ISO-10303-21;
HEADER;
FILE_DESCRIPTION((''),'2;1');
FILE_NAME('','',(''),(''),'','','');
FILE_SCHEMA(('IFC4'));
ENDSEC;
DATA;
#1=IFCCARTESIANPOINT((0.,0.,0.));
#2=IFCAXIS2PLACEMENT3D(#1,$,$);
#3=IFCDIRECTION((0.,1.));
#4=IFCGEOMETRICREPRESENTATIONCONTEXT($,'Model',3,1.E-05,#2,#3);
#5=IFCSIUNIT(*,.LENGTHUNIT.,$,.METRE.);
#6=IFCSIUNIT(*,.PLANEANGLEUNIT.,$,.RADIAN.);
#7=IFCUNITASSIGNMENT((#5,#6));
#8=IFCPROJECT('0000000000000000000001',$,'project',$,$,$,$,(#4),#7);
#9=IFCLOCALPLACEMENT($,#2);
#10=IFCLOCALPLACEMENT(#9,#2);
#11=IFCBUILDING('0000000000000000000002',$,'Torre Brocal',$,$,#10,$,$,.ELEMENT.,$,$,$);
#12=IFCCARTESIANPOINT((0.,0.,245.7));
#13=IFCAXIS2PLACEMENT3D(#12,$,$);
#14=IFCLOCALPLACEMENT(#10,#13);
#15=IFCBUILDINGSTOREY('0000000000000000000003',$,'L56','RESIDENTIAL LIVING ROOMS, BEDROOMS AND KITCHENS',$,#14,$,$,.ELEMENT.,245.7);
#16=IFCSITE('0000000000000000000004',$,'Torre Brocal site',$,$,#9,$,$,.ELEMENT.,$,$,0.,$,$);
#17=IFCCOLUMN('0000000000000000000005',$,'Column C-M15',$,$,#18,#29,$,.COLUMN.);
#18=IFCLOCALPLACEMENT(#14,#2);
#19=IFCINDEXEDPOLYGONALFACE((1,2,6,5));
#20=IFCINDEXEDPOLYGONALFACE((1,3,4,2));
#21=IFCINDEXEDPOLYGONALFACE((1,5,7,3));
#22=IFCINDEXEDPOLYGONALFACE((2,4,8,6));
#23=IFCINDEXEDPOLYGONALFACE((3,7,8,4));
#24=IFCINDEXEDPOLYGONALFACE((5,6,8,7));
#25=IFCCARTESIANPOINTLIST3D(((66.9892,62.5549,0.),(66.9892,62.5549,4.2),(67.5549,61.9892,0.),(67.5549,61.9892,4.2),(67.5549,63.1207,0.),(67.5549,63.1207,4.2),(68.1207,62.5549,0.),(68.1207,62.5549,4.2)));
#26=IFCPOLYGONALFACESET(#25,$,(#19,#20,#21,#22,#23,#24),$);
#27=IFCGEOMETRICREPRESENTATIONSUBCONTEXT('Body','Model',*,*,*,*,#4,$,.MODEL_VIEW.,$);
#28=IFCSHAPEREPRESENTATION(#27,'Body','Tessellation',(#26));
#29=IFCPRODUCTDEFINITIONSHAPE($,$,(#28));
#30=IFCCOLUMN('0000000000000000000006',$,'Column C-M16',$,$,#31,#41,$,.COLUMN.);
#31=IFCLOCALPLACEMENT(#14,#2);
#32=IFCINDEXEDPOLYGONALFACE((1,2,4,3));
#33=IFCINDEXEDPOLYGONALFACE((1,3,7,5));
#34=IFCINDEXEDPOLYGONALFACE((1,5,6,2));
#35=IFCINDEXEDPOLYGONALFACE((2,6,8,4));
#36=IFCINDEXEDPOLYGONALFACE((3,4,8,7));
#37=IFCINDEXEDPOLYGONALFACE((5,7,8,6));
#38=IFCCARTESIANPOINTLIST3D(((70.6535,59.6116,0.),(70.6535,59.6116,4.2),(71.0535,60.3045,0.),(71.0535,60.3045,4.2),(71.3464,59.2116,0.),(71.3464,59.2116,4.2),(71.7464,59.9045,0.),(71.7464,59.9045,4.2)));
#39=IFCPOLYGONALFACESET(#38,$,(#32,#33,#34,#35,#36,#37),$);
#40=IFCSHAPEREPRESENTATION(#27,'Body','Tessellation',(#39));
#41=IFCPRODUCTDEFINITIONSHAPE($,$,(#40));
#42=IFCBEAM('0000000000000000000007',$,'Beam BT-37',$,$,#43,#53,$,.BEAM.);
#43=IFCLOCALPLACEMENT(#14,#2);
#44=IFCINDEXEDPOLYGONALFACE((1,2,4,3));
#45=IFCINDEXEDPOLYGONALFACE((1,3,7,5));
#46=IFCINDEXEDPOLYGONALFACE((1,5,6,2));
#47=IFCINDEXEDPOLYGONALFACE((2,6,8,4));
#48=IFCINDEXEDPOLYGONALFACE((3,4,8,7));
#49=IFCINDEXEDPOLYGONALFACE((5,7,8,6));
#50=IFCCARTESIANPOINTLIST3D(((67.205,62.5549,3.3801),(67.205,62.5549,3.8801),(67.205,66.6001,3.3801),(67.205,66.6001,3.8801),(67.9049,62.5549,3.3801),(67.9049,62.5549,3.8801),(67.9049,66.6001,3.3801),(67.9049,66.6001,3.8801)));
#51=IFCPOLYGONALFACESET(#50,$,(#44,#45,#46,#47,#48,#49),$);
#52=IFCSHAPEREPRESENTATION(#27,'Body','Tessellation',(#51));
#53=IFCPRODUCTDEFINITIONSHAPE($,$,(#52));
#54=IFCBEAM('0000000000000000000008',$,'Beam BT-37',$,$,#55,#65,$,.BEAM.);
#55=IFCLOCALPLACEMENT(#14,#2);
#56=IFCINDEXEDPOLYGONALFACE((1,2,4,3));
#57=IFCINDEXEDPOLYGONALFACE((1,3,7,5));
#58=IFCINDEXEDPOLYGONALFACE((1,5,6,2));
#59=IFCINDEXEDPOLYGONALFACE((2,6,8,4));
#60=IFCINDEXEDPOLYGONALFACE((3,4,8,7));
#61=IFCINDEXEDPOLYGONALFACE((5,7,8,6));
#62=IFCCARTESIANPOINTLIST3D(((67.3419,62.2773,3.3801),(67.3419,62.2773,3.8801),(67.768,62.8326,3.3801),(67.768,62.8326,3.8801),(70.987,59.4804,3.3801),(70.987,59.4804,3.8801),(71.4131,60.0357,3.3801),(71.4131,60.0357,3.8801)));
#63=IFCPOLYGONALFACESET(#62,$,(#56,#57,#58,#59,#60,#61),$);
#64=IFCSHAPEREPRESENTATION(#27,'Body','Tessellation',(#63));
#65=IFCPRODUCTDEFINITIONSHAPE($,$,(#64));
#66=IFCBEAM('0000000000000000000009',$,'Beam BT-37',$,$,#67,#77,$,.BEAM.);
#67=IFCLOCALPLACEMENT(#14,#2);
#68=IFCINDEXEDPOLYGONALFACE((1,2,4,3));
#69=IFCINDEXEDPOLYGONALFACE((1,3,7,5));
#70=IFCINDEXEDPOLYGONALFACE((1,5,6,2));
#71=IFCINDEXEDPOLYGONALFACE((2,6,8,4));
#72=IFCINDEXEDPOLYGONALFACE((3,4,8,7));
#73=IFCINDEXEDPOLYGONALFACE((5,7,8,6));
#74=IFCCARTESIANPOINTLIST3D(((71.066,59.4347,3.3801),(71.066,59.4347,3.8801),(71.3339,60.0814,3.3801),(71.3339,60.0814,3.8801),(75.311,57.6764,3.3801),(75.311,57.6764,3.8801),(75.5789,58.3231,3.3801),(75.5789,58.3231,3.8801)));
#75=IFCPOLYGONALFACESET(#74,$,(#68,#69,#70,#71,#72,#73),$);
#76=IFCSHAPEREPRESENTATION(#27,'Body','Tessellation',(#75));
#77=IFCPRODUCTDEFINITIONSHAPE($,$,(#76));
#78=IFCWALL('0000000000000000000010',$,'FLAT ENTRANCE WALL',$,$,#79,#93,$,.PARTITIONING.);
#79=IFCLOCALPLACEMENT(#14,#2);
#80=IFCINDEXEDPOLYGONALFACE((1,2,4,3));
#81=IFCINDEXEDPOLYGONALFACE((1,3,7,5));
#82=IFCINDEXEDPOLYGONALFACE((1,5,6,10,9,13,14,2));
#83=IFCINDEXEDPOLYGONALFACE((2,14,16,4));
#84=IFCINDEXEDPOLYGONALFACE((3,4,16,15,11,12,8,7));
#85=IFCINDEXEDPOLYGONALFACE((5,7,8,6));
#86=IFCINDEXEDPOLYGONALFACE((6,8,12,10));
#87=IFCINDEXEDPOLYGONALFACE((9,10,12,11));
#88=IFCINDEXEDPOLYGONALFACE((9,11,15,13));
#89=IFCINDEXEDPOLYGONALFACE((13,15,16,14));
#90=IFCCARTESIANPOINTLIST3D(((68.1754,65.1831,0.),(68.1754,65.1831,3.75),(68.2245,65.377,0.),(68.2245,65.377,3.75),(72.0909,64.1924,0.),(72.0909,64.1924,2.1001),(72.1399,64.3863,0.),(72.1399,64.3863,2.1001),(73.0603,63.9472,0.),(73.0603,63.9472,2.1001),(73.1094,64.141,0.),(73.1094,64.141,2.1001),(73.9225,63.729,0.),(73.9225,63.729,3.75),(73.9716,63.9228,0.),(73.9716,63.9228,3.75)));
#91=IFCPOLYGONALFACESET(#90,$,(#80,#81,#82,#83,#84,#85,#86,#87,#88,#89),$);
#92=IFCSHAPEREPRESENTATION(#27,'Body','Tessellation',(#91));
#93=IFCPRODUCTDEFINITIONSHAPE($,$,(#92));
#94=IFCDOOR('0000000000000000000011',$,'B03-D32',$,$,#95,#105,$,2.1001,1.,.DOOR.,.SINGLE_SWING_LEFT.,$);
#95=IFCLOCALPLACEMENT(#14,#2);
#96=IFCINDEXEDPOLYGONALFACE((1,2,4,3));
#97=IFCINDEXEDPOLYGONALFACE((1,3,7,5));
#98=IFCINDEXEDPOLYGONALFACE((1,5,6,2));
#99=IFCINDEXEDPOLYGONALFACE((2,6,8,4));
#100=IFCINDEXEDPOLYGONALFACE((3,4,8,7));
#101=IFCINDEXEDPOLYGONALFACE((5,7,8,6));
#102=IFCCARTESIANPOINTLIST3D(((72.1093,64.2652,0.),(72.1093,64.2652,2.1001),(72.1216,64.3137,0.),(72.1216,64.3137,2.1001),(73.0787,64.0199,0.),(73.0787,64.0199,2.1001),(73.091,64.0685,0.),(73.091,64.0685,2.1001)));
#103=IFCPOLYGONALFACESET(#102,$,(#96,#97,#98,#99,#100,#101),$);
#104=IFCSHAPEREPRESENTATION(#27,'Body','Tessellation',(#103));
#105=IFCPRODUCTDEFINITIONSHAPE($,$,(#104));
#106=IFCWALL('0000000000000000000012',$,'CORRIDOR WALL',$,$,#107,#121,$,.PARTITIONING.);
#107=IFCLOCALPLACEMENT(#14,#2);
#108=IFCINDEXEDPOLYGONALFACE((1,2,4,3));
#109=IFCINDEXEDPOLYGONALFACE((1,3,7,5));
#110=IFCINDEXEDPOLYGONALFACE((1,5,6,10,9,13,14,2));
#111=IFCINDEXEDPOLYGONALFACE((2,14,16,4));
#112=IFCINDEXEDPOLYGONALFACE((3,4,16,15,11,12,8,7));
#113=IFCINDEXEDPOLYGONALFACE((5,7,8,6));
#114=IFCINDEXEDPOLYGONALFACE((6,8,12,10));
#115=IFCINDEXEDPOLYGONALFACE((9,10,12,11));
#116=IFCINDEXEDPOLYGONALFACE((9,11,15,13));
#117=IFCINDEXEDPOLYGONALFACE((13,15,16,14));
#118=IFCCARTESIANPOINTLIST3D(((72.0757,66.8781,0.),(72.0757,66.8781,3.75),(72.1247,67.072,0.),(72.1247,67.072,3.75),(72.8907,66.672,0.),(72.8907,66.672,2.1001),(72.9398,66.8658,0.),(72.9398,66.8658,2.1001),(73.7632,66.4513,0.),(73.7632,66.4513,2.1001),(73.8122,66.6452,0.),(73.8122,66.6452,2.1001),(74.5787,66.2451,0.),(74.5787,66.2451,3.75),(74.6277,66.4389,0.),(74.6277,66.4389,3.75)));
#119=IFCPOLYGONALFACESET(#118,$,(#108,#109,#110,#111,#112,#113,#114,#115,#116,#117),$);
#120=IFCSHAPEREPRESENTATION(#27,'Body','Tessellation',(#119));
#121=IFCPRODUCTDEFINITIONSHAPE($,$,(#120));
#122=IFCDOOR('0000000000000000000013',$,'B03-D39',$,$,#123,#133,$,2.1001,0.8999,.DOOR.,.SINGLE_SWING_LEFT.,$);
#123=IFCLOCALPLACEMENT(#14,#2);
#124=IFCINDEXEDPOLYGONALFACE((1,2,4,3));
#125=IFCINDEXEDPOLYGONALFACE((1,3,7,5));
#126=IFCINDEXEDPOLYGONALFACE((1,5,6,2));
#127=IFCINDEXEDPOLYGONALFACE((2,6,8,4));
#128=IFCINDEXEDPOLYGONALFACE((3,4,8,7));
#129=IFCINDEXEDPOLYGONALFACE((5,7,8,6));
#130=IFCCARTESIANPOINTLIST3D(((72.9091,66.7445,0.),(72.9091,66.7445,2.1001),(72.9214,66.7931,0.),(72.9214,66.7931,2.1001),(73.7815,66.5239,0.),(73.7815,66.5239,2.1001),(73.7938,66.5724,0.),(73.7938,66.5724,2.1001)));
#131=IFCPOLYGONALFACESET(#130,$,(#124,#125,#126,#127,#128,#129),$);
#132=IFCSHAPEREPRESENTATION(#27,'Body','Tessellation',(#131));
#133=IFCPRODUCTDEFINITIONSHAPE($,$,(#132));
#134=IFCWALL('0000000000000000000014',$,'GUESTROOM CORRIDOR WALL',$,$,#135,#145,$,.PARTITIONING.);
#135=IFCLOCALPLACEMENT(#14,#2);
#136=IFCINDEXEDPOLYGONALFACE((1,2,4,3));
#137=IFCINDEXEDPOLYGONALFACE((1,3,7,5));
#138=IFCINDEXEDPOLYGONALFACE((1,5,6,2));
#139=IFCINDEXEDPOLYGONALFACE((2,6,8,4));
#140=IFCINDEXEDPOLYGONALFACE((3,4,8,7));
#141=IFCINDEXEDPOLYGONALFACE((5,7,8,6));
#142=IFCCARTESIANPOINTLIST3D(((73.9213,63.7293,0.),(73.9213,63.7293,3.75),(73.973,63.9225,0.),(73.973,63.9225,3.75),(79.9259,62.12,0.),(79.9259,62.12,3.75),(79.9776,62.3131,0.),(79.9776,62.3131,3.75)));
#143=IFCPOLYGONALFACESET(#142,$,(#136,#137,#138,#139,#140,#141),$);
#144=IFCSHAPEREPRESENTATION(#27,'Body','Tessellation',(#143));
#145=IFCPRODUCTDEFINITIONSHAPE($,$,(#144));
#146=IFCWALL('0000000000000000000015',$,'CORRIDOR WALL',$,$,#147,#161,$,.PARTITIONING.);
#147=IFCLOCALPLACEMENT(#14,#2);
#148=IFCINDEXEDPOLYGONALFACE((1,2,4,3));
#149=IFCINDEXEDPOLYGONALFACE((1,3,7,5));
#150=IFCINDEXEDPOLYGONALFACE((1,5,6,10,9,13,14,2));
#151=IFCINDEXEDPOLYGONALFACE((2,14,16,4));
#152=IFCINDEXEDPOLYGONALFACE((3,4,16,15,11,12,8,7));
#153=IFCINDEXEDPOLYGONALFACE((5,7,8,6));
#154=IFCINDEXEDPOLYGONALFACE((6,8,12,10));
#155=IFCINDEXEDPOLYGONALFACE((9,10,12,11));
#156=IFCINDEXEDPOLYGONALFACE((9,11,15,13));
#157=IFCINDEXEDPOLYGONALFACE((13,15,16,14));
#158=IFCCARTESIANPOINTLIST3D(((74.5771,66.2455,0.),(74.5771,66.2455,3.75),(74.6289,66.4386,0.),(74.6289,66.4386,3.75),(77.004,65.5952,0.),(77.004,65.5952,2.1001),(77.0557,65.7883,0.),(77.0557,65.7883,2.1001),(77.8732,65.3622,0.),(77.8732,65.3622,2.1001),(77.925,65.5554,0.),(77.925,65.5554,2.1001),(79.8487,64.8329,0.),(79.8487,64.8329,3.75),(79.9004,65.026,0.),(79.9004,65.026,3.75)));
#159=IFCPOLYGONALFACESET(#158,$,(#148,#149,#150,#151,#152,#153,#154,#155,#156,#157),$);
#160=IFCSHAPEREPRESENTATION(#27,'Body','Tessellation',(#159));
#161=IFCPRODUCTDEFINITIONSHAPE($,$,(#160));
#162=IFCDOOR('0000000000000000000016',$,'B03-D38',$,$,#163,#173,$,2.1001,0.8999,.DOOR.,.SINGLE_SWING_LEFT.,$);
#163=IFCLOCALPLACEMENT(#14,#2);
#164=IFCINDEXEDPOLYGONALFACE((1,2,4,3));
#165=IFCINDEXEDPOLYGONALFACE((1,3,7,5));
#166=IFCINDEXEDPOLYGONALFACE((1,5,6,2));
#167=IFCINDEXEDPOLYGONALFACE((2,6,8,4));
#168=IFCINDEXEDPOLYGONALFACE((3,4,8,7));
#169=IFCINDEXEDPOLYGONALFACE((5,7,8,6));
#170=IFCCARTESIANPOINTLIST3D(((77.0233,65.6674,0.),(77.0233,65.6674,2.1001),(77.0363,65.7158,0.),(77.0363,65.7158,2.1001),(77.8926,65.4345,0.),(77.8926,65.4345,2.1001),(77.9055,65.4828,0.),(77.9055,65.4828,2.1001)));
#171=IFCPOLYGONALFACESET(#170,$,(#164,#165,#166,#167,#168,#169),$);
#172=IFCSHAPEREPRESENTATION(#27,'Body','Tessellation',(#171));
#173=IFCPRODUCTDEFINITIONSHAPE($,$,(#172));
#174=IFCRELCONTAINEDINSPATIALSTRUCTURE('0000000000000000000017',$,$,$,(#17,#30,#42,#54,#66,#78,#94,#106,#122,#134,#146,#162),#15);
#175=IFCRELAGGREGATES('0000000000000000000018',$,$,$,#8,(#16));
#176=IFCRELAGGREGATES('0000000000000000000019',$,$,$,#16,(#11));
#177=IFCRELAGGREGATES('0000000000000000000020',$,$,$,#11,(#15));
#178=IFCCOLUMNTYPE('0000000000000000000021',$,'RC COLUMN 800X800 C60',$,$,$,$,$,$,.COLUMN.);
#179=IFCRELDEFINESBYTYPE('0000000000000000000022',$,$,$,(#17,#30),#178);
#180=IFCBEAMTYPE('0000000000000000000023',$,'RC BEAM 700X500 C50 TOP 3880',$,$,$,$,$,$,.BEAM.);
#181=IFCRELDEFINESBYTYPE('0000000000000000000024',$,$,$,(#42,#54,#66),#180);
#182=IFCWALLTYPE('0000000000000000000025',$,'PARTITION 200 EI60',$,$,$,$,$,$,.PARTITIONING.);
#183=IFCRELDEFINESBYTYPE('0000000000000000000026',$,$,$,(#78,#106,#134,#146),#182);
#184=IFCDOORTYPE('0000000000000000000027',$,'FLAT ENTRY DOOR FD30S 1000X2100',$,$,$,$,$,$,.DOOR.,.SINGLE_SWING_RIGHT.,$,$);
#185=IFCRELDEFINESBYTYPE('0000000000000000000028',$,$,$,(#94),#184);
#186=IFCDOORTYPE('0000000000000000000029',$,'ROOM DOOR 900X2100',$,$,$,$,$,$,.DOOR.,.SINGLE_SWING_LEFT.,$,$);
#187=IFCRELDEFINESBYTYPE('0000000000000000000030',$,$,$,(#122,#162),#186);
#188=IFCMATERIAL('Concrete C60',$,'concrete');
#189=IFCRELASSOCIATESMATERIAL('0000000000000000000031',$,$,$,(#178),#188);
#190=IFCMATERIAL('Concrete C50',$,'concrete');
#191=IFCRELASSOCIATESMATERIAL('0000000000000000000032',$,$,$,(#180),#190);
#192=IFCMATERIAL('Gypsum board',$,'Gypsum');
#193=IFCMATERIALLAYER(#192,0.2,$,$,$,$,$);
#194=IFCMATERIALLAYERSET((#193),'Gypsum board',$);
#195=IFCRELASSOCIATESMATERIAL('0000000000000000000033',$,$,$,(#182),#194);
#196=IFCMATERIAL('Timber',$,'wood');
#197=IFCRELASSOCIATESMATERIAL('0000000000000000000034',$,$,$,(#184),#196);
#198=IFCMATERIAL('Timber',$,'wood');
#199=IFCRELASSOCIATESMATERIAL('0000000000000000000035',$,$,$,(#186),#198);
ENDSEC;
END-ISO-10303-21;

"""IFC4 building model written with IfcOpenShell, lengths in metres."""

from ifc_helpers import new_model, si_unit, direction, frame, frame_2d, origin, origin_2d, place, context, subcontext, project, spatial, rectangle, extrude, material, layer, layer_set, material_profile, profile_set, type_object, element, fill, save


model = new_model("IFC4")

# Units and contexts
model_context = context("Model", 3, precision=1e-05, world=origin(), true_north=direction((0.0, 1.0)))
body_context = subcontext(model_context, "Body", "Model", "MODEL_VIEW")
ifc_project = project(units=[si_unit("LENGTHUNIT", "METRE"), si_unit("PLANEANGLEUNIT", "RADIAN")], contexts=[model_context])

# Site, building, storey
site_placement = place(None, origin())
site = spatial("IfcSite", under=ifc_project, at=site_placement, Name="Torre Brocal site", CompositionType="ELEMENT", RefElevation=0.0)
building_placement = place(site_placement, origin())
building = spatial("IfcBuilding", under=site, at=building_placement, Name="Torre Brocal", CompositionType="ELEMENT")
storey_placement = place(building_placement, frame((0.0, 0.0, 245.7)))
storey = spatial("IfcBuildingStorey", under=building, at=storey_placement, Name="L56", Description="RESIDENTIAL LIVING ROOMS, BEDROOMS AND KITCHENS", CompositionType="ELEMENT", Elevation=245.7)

# Columns
ifc_material_1 = material(Name="Concrete C60", Category="concrete")
ifc_material_profile_1 = material_profile(ifc_material_1, rectangle(XDim=0.8, YDim=0.8, at=origin_2d()), Name="RC 800X800")
ifc_profile_set_1 = profile_set([ifc_material_profile_1], Name="Concrete C60")
column_type = type_object("IfcColumnType", Name="RC COLUMN 800X800 C60", PredefinedType="COLUMN", material=ifc_profile_set_1)
for number, where, z_axis, x_axis, name in (
    (1, (67.5549, 62.5549, 0.0), (0.0, 0.0, 1.0), (-0.707107, -0.707107, 0.0), "Column C-M15"),
    (2, (71.2, 59.7581, 0.0), (0.0, 0.0, 1.0), (-0.5, -0.866025, 0.0), "Column C-M16"),
):
    element("IfcColumn", number, at=place(storey_placement, frame(where, z_axis=z_axis, x_axis=x_axis)), inside=storey, type_object=column_type, Name=name, PredefinedType="COLUMN", context=body_context, shape_type="SweptSolid", body=[
        extrude(rectangle(XDim=0.8, YDim=0.8, at=origin_2d()), origin(), (0.0, 0.0, 1.0), 4.2),
    ])

# Beams
ifc_material_2 = material(Name="Concrete C50", Category="concrete")
ifc_material_profile_2 = material_profile(ifc_material_2, rectangle(XDim=0.7, YDim=0.5, at=origin_2d()), Name="RC 700X500")
ifc_profile_set_2 = profile_set([ifc_material_profile_2], Name="Concrete C50")
beam_type = type_object("IfcBeamType", Name="RC BEAM 700X500 C50 TOP 3880", PredefinedType="BEAM", material=ifc_profile_set_2)
beam_1_placement = place(storey_placement, frame((67.5549, 62.5549, 3.6301), z_axis=(0.0, 1.0, 0.0), x_axis=(-1.0, 0.0, 0.0)))
element("IfcBeam", 3, at=beam_1_placement, inside=storey, type_object=beam_type, Name="Beam BT-37", PredefinedType="BEAM", context=body_context, shape_type="SweptSolid", body=[
    extrude(rectangle(XDim=0.7, YDim=0.5, at=origin_2d()), origin(), (0.0, 0.0, 1.0), 4.0452),
])
beam_2_placement = place(storey_placement, frame((67.5549, 62.5549, 3.6301), z_axis=(0.793358, -0.608755, 0.0), x_axis=(0.608755, 0.793358, 0.0)))
element("IfcBeam", 4, at=beam_2_placement, inside=storey, type_object=beam_type, Name="Beam BT-37", PredefinedType="BEAM", context=body_context, shape_type="SweptSolid", body=[
    extrude(rectangle(XDim=0.7, YDim=0.5, at=origin_2d()), origin(), (0.0, 0.0, 1.0), 4.5945),
])
beam_3_placement = place(storey_placement, frame((71.2, 59.7581, 3.6301), z_axis=(0.923878, -0.382687, 0.0), x_axis=(0.382687, 0.923878, 0.0)))
element("IfcBeam", 5, at=beam_3_placement, inside=storey, type_object=beam_type, Name="Beam BT-37", PredefinedType="BEAM", context=body_context, shape_type="SweptSolid", body=[
    extrude(rectangle(XDim=0.7, YDim=0.5, at=origin_2d()), origin(), (0.0, 0.0, 1.0), 4.5947),
])

# Walls, openings, doors
ifc_material_3 = material(Name="Gypsum board", Category="Gypsum")
ifc_layer_1 = layer(ifc_material_3, 0.2)
ifc_layer_set_1 = layer_set([ifc_layer_1], Name="Gypsum board")
wall_type_1 = type_object("IfcWallType", Name="PARTITION 200 EI60", PredefinedType="PARTITIONING", material=ifc_layer_set_1)
wall_1_placement = place(storey_placement, frame((68.2, 65.28, 0.0), z_axis=(0.0, 0.0, 1.0), x_axis=(0.969451, -0.245287, 0.0)))
wall_1 = element("IfcWall", 6, at=wall_1_placement, inside=storey, type_object=wall_type_1, Name="FLAT ENTRANCE WALL", PredefinedType="PARTITIONING", context=body_context, shape_type="SweptSolid", body=[
    extrude(rectangle(XDim=5.9282, YDim=0.2, at=frame_2d((2.9641, 0.0))), origin(), (0.0, 0.0, 1.0), 3.75),
])
opening_1_placement = place(wall_1_placement, frame((4.0388, 0.0, 0.0)))
opening_1 = element("IfcOpeningElement", 7, at=opening_1_placement, cuts=wall_1, PredefinedType="OPENING", context=body_context, shape_type="SweptSolid", body=[
    extrude(rectangle(XDim=1.0, YDim=2.1001, at=frame_2d((0.5, 1.05))), frame((0.0, 0.1099, 0.0), z_axis=(0.0, -1.0, 0.0), x_axis=(1.0, 0.0, 0.0)), (0.0, 0.0, 1.0), 0.22),
])
ifc_material_4 = material(Name="Timber", Category="wood")
door_type_1 = type_object("IfcDoorType", Name="FLAT ENTRY DOOR FD30S 1000X2100", OperationType="SINGLE_SWING_RIGHT", PredefinedType="DOOR", material=ifc_material_4)
door_1_placement = place(opening_1_placement, frame((1.0, 0.0, 0.0), z_axis=(0.0, 0.0, 1.0), x_axis=(-1.0, 0.0, 0.0)))
door_1 = element("IfcDoor", 8, at=door_1_placement, inside=storey, type_object=door_type_1, Name="B03-D32", OperationType="SINGLE_SWING_LEFT", OverallHeight=2.1001, OverallWidth=1.0, PredefinedType="DOOR", context=body_context, shape_type="SweptSolid", body=[
    extrude(rectangle(XDim=1.0, YDim=2.1001, at=frame_2d((0.5, 1.05))), frame((0.0, 0.0249, 0.0), z_axis=(0.0, -1.0, 0.0), x_axis=(1.0, 0.0, 0.0)), (0.0, 0.0, 1.0), 0.05),
])
fill(opening_1, door_1)
wall_2_placement = place(storey_placement, frame((72.1001, 66.9751, 0.0), z_axis=(0.0, 0.0, 1.0), x_axis=(0.969471, -0.245205, 0.0)))
wall_2 = element("IfcWall", 9, at=wall_2_placement, inside=storey, type_object=wall_type_1, Name="CORRIDOR WALL", PredefinedType="PARTITIONING", context=body_context, shape_type="SweptSolid", body=[
    extrude(rectangle(XDim=2.5818, YDim=0.2, at=frame_2d((1.291, 0.0))), origin(), (0.0, 0.0, 1.0), 3.75),
])
opening_2_placement = place(wall_2_placement, frame((0.8408, 0.0, 0.0)))
opening_2 = element("IfcOpeningElement", 10, at=opening_2_placement, cuts=wall_2, PredefinedType="OPENING", context=body_context, shape_type="SweptSolid", body=[
    extrude(rectangle(XDim=0.8999, YDim=2.1001, at=frame_2d((0.45, 1.05))), frame((0.0, 0.1099, 0.0), z_axis=(0.0, -1.0, 0.0), x_axis=(1.0, 0.0, 0.0)), (0.0, 0.0, 1.0), 0.22),
])
ifc_material_5 = material(Name="Timber", Category="wood")
door_type_2 = type_object("IfcDoorType", Name="ROOM DOOR 900X2100", OperationType="SINGLE_SWING_LEFT", PredefinedType="DOOR", material=ifc_material_5)
door_2_placement = place(opening_2_placement, origin())
door_2 = element("IfcDoor", 11, at=door_2_placement, inside=storey, type_object=door_type_2, Name="B03-D39", OperationType="SINGLE_SWING_LEFT", OverallHeight=2.1001, OverallWidth=0.8999, PredefinedType="DOOR", context=body_context, shape_type="SweptSolid", body=[
    extrude(rectangle(XDim=0.8999, YDim=2.1001, at=frame_2d((0.45, 1.05))), frame((0.0, 0.0249, 0.0), z_axis=(0.0, -1.0, 0.0), x_axis=(1.0, 0.0, 0.0)), (0.0, 0.0, 1.0), 0.05),
])
fill(opening_2, door_2)

# Wall
wall_3_placement = place(storey_placement, frame((73.947, 63.8259, 0.0), z_axis=(0.0, 0.0, 1.0), x_axis=(0.965908, -0.258885, 0.0)))
element("IfcWall", 12, at=wall_3_placement, inside=storey, type_object=wall_type_1, Name="GUESTROOM CORRIDOR WALL", PredefinedType="PARTITIONING", context=body_context, shape_type="SweptSolid", body=[
    extrude(rectangle(XDim=6.2166, YDim=0.2, at=frame_2d((3.1084, 0.0))), origin(), (0.0, 0.0, 1.0), 3.75),
])

# Wall, opening, door
wall_4_placement = place(storey_placement, frame((74.603, 66.342, 0.0), z_axis=(0.0, 0.0, 1.0), x_axis=(0.965921, -0.258837, 0.0)))
wall_4 = element("IfcWall", 13, at=wall_4_placement, inside=storey, type_object=wall_type_1, Name="CORRIDOR WALL", PredefinedType="PARTITIONING", context=body_context, shape_type="SweptSolid", body=[
    extrude(rectangle(XDim=5.4575, YDim=0.2, at=frame_2d((2.7288, 0.0))), origin(), (0.0, 0.0, 1.0), 3.75),
])
opening_3_placement = place(wall_4_placement, frame((2.5125, 0.0, 0.0)))
opening_3 = element("IfcOpeningElement", 14, at=opening_3_placement, cuts=wall_4, PredefinedType="OPENING", context=body_context, shape_type="SweptSolid", body=[
    extrude(rectangle(XDim=0.8999, YDim=2.1001, at=frame_2d((0.45, 1.05))), frame((0.0, 0.1099, 0.0), z_axis=(0.0, -1.0, 0.0), x_axis=(1.0, 0.0, 0.0)), (0.0, 0.0, 1.0), 0.22),
])
door_3_placement = place(opening_3_placement, origin())
door_3 = element("IfcDoor", 15, at=door_3_placement, inside=storey, type_object=door_type_2, Name="B03-D38", OperationType="SINGLE_SWING_LEFT", OverallHeight=2.1001, OverallWidth=0.8999, PredefinedType="DOOR", context=body_context, shape_type="SweptSolid", body=[
    extrude(rectangle(XDim=0.8999, YDim=2.1001, at=frame_2d((0.45, 1.05))), frame((0.0, 0.0249, 0.0), z_axis=(0.0, -1.0, 0.0), x_axis=(1.0, 0.0, 0.0)), (0.0, 0.0, 1.0), 0.05),
])
fill(opening_3, door_3)

save(model, "model.ifc")
